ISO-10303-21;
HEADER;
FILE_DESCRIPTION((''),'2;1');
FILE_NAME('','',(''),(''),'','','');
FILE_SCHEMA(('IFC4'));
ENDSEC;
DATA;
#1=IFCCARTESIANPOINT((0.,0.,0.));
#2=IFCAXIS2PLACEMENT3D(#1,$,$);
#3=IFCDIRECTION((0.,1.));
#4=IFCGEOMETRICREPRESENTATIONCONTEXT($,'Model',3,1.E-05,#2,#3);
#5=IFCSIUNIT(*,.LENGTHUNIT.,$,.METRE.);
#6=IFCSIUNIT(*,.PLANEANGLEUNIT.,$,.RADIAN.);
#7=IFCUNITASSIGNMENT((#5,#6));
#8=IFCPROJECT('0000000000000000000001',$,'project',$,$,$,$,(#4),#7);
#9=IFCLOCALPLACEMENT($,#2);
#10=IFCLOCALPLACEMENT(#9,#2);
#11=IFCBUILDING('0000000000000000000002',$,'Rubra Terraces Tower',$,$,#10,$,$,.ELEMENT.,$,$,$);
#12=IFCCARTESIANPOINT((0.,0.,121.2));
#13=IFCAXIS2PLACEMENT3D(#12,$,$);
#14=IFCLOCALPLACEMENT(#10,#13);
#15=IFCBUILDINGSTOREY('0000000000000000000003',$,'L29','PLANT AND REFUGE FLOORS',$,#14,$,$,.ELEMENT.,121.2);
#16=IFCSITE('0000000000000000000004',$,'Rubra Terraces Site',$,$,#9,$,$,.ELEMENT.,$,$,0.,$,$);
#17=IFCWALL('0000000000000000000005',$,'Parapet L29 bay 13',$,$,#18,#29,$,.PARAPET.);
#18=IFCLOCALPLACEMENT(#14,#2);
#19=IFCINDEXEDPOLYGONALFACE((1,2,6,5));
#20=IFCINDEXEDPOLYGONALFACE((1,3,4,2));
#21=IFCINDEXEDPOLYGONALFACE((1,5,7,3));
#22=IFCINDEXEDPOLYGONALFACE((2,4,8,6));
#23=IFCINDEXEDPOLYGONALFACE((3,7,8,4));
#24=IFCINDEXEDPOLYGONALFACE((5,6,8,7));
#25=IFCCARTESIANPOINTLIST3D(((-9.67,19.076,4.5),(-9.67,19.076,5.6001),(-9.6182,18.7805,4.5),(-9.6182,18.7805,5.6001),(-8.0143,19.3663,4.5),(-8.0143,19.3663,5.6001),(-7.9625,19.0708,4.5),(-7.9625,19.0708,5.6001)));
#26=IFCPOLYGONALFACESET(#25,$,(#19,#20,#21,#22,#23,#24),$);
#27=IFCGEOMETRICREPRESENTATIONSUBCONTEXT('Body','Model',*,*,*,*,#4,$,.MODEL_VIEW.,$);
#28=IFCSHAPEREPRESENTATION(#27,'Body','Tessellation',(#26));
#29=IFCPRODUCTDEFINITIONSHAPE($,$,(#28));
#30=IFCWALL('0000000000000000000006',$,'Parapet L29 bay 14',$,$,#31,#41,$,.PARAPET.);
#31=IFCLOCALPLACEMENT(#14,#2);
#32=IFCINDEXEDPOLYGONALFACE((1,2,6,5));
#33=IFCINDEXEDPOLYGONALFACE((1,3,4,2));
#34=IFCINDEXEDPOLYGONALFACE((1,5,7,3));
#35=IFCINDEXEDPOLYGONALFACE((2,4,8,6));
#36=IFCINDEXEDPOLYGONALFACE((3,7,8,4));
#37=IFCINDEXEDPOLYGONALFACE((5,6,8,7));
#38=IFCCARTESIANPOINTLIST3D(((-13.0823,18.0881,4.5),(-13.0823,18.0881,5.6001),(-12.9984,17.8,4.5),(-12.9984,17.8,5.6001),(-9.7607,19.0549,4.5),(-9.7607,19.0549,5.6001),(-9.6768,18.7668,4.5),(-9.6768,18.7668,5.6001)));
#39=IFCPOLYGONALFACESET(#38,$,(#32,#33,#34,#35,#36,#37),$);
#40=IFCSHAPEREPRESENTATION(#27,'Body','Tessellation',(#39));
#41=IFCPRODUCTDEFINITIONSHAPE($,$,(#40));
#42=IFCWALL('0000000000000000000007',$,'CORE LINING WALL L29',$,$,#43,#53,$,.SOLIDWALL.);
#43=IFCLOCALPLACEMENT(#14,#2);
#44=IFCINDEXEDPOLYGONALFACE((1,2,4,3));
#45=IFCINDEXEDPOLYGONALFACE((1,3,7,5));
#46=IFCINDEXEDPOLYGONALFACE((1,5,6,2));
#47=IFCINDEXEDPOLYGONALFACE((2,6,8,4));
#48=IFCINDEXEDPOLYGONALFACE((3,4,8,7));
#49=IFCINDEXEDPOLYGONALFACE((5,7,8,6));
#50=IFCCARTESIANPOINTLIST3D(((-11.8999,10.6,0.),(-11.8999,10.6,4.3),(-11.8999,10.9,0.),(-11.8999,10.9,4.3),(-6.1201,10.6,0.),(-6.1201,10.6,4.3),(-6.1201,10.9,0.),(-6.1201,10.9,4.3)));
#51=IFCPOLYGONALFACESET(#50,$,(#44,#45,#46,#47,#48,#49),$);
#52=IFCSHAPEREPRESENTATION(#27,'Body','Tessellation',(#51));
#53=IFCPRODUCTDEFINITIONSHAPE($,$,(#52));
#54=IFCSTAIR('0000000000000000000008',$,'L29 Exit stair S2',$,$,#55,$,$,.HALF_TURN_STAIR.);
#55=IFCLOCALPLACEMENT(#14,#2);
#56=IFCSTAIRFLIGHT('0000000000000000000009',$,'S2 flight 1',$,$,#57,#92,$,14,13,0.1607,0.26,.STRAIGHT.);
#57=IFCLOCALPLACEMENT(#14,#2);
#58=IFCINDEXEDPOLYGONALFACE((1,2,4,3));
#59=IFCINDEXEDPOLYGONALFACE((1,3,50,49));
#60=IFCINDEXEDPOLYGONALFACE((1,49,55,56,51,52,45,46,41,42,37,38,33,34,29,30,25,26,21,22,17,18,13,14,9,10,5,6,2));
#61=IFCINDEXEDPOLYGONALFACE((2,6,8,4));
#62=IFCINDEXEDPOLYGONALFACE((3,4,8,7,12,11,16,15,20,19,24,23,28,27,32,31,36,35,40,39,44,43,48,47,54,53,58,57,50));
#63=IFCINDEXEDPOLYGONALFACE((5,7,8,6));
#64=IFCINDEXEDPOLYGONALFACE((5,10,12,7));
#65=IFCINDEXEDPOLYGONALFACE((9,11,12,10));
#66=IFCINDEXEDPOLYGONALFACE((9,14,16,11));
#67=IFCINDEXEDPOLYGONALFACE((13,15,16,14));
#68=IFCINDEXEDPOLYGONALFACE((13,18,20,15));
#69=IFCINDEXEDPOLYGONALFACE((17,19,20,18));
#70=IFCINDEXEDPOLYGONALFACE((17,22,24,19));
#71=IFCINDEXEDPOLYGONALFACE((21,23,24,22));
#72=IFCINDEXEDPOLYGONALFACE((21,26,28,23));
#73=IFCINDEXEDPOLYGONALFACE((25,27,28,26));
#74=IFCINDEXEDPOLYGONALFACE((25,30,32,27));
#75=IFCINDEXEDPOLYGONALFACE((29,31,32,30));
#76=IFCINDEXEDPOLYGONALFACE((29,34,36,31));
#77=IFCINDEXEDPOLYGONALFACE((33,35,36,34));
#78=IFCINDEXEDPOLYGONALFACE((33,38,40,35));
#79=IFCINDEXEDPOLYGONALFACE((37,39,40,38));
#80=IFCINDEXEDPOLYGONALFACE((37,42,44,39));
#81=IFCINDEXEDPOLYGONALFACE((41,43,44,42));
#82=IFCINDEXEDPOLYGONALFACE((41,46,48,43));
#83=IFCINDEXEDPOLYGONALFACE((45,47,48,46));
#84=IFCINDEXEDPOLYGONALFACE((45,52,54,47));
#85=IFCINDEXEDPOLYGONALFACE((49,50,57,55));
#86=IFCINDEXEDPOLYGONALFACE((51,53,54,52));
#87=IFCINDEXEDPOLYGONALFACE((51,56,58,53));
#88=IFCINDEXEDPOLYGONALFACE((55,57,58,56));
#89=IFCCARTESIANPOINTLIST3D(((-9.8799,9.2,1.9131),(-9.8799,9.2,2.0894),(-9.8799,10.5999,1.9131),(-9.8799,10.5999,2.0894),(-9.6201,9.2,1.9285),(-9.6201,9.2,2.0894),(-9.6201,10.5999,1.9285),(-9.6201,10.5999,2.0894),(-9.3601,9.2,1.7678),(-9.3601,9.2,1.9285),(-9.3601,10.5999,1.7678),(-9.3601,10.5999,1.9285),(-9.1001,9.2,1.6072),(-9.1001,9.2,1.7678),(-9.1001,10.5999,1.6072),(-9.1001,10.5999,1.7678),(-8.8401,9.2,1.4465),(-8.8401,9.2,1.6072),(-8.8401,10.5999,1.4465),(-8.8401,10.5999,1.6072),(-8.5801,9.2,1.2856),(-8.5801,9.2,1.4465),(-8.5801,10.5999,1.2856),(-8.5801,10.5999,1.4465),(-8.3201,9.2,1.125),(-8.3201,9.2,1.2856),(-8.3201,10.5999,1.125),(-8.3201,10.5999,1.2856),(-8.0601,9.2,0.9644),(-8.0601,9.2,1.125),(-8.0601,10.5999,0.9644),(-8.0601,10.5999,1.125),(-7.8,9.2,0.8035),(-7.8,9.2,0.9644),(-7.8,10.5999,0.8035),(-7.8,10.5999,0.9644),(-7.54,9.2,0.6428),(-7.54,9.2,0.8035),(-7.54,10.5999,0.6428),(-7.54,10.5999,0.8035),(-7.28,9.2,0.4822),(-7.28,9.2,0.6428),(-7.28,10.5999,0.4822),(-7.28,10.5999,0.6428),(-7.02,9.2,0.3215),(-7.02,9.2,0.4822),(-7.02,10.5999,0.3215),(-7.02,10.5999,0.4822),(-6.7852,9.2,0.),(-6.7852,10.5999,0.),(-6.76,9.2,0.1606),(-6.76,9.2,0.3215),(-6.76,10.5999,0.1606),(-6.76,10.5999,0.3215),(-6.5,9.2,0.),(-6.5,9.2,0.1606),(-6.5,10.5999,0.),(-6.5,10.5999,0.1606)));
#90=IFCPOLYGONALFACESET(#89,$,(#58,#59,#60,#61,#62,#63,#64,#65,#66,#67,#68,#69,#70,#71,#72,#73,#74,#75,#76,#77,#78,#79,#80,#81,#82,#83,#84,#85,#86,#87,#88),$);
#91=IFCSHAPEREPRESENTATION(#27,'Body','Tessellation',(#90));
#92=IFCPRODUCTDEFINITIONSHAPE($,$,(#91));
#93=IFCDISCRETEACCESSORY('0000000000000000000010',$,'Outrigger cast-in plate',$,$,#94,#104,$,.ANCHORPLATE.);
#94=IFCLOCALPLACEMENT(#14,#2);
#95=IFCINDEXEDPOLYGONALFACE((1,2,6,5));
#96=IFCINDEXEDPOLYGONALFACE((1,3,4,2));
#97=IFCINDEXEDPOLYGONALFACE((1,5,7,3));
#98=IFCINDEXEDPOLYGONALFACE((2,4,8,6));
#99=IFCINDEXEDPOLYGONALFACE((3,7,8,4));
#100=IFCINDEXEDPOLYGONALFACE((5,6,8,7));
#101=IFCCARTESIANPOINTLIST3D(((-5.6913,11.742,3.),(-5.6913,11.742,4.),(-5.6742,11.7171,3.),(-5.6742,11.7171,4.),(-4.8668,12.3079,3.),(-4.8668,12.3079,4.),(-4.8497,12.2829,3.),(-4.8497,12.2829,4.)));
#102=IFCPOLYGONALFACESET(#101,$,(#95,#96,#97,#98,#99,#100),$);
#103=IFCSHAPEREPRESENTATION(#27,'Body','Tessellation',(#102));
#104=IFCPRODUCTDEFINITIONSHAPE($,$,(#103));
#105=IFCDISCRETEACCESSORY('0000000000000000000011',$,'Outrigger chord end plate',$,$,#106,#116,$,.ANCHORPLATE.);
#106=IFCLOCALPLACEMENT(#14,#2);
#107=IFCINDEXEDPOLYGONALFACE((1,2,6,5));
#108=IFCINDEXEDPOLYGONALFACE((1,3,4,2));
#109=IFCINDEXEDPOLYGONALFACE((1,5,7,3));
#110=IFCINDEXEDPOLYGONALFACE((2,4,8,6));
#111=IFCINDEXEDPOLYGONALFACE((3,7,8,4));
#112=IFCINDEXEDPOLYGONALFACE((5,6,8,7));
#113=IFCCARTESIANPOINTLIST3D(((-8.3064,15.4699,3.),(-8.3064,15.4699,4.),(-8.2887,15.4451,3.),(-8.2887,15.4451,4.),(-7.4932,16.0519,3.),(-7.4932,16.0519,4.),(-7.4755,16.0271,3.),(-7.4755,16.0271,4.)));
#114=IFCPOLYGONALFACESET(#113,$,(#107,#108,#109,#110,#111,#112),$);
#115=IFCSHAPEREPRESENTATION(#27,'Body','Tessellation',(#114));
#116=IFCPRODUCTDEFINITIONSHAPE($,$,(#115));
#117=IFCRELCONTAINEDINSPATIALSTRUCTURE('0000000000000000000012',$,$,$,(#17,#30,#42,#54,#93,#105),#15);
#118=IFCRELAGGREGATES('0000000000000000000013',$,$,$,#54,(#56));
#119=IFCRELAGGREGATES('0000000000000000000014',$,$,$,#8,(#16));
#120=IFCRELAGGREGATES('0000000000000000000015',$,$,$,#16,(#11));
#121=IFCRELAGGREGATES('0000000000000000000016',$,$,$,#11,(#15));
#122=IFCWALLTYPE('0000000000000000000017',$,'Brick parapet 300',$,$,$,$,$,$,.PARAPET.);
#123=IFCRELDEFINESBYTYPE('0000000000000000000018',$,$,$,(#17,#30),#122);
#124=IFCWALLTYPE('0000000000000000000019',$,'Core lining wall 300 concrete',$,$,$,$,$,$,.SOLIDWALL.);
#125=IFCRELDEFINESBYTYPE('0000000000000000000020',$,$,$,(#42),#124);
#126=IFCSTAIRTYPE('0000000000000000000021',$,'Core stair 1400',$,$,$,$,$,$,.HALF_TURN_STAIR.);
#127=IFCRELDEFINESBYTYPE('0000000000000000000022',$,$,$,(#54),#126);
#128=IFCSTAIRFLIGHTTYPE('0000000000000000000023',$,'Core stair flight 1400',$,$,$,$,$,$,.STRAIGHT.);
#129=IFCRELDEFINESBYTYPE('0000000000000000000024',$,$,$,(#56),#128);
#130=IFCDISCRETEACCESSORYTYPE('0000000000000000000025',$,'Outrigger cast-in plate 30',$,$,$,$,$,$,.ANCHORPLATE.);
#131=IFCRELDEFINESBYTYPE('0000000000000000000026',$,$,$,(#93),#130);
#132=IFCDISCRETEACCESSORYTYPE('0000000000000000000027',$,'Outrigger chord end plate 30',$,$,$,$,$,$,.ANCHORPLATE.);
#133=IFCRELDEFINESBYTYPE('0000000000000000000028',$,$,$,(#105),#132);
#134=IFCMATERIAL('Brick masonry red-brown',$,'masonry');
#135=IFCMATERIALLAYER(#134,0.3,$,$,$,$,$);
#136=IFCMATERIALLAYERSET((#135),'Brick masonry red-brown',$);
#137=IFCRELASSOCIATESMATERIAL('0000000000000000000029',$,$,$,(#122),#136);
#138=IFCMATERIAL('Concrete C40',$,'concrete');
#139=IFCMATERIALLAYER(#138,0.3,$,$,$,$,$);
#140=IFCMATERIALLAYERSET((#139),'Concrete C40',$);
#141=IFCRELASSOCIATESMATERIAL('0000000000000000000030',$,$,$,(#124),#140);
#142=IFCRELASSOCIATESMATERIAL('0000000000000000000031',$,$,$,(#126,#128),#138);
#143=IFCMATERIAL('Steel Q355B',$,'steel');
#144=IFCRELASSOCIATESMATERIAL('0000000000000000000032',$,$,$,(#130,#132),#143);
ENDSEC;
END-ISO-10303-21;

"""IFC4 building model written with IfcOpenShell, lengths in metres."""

from ifc_helpers import new_model, si_unit, direction, frame, frame_2d, origin, origin_2d, place, context, subcontext, project, spatial, polyline, rectangle, outline, extrude, material, layer, layer_set, material_profile, profile_set, type_object, element, aggregate, save


model = new_model("IFC4")

# Units and contexts
model_context = context("Model", 3, precision=1e-05, world=origin(), true_north=direction((0.0, 1.0)))
body_context = subcontext(model_context, "Body", "Model", "MODEL_VIEW")
ifc_project = project(units=[si_unit("LENGTHUNIT", "METRE"), si_unit("PLANEANGLEUNIT", "RADIAN")], contexts=[model_context])

# Site, building, storey
site_placement = place(None, origin())
site = spatial("IfcSite", under=ifc_project, at=site_placement, Name="Rubra Terraces Site", CompositionType="ELEMENT", RefElevation=0.0)
building_placement = place(site_placement, origin())
building = spatial("IfcBuilding", under=site, at=building_placement, Name="Rubra Terraces Tower", CompositionType="ELEMENT")
storey_placement = place(building_placement, frame((0.0, 0.0, 121.2)))
storey = spatial("IfcBuildingStorey", under=building, at=storey_placement, Name="L29", Description="PLANT AND REFUGE FLOORS", CompositionType="ELEMENT", Elevation=121.2)

# Shared definitions
ifc_material_1 = material(Name="Steel Q355B", Category="steel")

# Shared definitions
ifc_material_2 = material(Name="Brick masonry red-brown", Category="masonry")

# Walls
ifc_layer_1 = layer(ifc_material_2, 0.3)
ifc_layer_set_1 = layer_set([ifc_layer_1], Name="Brick masonry red-brown")
wall_type_1 = type_object("IfcWallType", Name="Brick parapet 300", PredefinedType="PARAPET", material=ifc_layer_set_1)
wall_1_placement = place(storey_placement, frame((-7.9885, 19.2185, 4.5), z_axis=(0.0, 0.0, 1.0), x_axis=(-0.984977, -0.172683, 0.0)))
element("IfcWall", 1, at=wall_1_placement, inside=storey, type_object=wall_type_1, Name="Parapet L29 bay 13", PredefinedType="PARAPET", context=body_context, shape_type="SweptSolid", body=[
    extrude(rectangle(XDim=1.6809, YDim=0.3, at=frame_2d((0.8403, 0.0))), origin(), (0.0, 0.0, 1.0), 1.1001),
])
wall_2_placement = place(storey_placement, frame((-9.7188, 18.9109, 4.5), z_axis=(0.0, 0.0, 1.0), x_axis=(-0.960154, -0.279472, 0.0)))
element("IfcWall", 2, at=wall_2_placement, inside=storey, type_object=wall_type_1, Name="Parapet L29 bay 14", PredefinedType="PARAPET", context=body_context, shape_type="SweptSolid", body=[
    extrude(rectangle(XDim=3.4595, YDim=0.3, at=frame_2d((1.7297, 0.0))), origin(), (0.0, 0.0, 1.0), 1.1001),
])
ifc_material_3 = material(Name="Concrete C40", Category="concrete")
ifc_layer_2 = layer(ifc_material_3, 0.3)
ifc_layer_set_2 = layer_set([ifc_layer_2], Name="Concrete C40")
wall_type_2 = type_object("IfcWallType", Name="Core lining wall 300 concrete", PredefinedType="SOLIDWALL", material=ifc_layer_set_2)
wall_3_placement = place(storey_placement, frame((-11.8999, 10.75, 0.0), z_axis=(0.0, 0.0, 1.0), x_axis=(1.0, 0.0, 0.0)))
element("IfcWall", 3, at=wall_3_placement, inside=storey, type_object=wall_type_2, Name="CORE LINING WALL L29", PredefinedType="SOLIDWALL", context=body_context, shape_type="SweptSolid", body=[
    extrude(rectangle(XDim=5.7798, YDim=0.3, at=frame_2d((2.8899, 0.0))), origin(), (0.0, 0.0, 1.0), 4.3),
])

# Stair, stair flight
stair_type = type_object("IfcStairType", Name="Core stair 1400", PredefinedType="HALF_TURN_STAIR", material=ifc_material_3)
stair_placement = place(storey_placement, origin())
stair = element("IfcStair", 4, at=stair_placement, inside=storey, type_object=stair_type, Name="L29 Exit stair S2", PredefinedType="HALF_TURN_STAIR")
stair_flight_type = type_object("IfcStairFlightType", Name="Core stair flight 1400", PredefinedType="STRAIGHT", material=ifc_material_3)
stair_flight_placement = place(storey_placement, frame((-6.5, 9.8999, 0.0), z_axis=(0.0, 0.0, 1.0), x_axis=(-1.0, 0.0, 0.0)))
stair_flight = element("IfcStairFlight", 5, at=stair_flight_placement, type_object=stair_flight_type, Name="S2 flight 1", NumberOfRisers=14, NumberOfTreads=13, PredefinedType="STRAIGHT", RiserHeight=0.1607, TreadLength=0.26, context=body_context, shape_type="SweptSolid", body=[
    extrude(outline(polyline([(0.0, 0.0), (0.0, 0.1606), (0.26, 0.1606), (0.26, 0.3215), (0.52, 0.3215), (0.52, 0.4822), (0.78, 0.4822), (0.78, 0.6428), (1.04, 0.6428), (1.04, 0.8035), (1.3, 0.8035), (1.3, 0.9644), (1.5601, 0.9644), (1.5601, 1.125), (1.8201, 1.125), (1.8201, 1.2856), (2.0801, 1.2856), (2.0801, 1.4465), (2.3401, 1.4465), (2.3401, 1.6072), (2.6001, 1.6072), (2.6001, 1.7678), (2.8601, 1.7678), (2.8601, 1.9285), (3.1201, 1.9285), (3.1201, 2.0894), (3.3799, 2.0894), (3.3799, 2.25), (3.3799, 1.9131), (0.2852, 0.0), (0.0, 0.0)])), frame((0.0, 0.7, 0.0), z_axis=(0.0, -1.0, 0.0), x_axis=(1.0, 0.0, 0.0)), (0.0, 0.0, 1.0), 1.3999),
])
aggregate(stair, [stair_flight])

# Discrete accessories
ifc_material_profile_1 = material_profile(ifc_material_1, rectangle(XDim=1.0, YDim=1.0, at=origin_2d()), Name="PL 1000x1000x30")
ifc_profile_set_1 = profile_set([ifc_material_profile_1], Name="Steel Q355B")
discrete_accessory_type_1 = type_object("IfcDiscreteAccessoryType", Name="Outrigger cast-in plate 30", PredefinedType="ANCHORPLATE", material=ifc_profile_set_1)
discrete_accessory_1_placement = place(storey_placement, frame((-5.262, 12.0, 3.5), z_axis=(-0.565842, 0.824513, 0.0), x_axis=(-0.824513, -0.565842, 0.0)))
element("IfcDiscreteAccessory", 6, at=discrete_accessory_1_placement, inside=storey, type_object=discrete_accessory_type_1, Name="Outrigger cast-in plate", PredefinedType="ANCHORPLATE", context=body_context, shape_type="SweptSolid", body=[
    extrude(rectangle(XDim=1.0, YDim=1.0, at=origin_2d()), origin(), (0.0, 0.0, 1.0), 0.0303),
])
ifc_material_profile_2 = material_profile(ifc_material_1, rectangle(XDim=1.0, YDim=1.0, at=origin_2d()), Name="PL 1000x1000x30")
ifc_profile_set_2 = profile_set([ifc_material_profile_2], Name="Steel Q355B")
discrete_accessory_type_2 = type_object("IfcDiscreteAccessoryType", Name="Outrigger chord end plate 30", PredefinedType="ANCHORPLATE", material=ifc_profile_set_2)
discrete_accessory_2_placement = place(storey_placement, frame((-7.8821, 15.7361, 3.5), z_axis=(-0.581992, 0.813194, 0.0), x_axis=(-0.813194, -0.581992, 0.0)))
element("IfcDiscreteAccessory", 7, at=discrete_accessory_2_placement, inside=storey, type_object=discrete_accessory_type_2, Name="Outrigger chord end plate", PredefinedType="ANCHORPLATE", context=body_context, shape_type="SweptSolid", body=[
    extrude(rectangle(XDim=1.0, YDim=1.0, at=origin_2d()), origin(), (0.0, 0.0, 1.0), 0.0305),
])

save(model, "model.ifc")
